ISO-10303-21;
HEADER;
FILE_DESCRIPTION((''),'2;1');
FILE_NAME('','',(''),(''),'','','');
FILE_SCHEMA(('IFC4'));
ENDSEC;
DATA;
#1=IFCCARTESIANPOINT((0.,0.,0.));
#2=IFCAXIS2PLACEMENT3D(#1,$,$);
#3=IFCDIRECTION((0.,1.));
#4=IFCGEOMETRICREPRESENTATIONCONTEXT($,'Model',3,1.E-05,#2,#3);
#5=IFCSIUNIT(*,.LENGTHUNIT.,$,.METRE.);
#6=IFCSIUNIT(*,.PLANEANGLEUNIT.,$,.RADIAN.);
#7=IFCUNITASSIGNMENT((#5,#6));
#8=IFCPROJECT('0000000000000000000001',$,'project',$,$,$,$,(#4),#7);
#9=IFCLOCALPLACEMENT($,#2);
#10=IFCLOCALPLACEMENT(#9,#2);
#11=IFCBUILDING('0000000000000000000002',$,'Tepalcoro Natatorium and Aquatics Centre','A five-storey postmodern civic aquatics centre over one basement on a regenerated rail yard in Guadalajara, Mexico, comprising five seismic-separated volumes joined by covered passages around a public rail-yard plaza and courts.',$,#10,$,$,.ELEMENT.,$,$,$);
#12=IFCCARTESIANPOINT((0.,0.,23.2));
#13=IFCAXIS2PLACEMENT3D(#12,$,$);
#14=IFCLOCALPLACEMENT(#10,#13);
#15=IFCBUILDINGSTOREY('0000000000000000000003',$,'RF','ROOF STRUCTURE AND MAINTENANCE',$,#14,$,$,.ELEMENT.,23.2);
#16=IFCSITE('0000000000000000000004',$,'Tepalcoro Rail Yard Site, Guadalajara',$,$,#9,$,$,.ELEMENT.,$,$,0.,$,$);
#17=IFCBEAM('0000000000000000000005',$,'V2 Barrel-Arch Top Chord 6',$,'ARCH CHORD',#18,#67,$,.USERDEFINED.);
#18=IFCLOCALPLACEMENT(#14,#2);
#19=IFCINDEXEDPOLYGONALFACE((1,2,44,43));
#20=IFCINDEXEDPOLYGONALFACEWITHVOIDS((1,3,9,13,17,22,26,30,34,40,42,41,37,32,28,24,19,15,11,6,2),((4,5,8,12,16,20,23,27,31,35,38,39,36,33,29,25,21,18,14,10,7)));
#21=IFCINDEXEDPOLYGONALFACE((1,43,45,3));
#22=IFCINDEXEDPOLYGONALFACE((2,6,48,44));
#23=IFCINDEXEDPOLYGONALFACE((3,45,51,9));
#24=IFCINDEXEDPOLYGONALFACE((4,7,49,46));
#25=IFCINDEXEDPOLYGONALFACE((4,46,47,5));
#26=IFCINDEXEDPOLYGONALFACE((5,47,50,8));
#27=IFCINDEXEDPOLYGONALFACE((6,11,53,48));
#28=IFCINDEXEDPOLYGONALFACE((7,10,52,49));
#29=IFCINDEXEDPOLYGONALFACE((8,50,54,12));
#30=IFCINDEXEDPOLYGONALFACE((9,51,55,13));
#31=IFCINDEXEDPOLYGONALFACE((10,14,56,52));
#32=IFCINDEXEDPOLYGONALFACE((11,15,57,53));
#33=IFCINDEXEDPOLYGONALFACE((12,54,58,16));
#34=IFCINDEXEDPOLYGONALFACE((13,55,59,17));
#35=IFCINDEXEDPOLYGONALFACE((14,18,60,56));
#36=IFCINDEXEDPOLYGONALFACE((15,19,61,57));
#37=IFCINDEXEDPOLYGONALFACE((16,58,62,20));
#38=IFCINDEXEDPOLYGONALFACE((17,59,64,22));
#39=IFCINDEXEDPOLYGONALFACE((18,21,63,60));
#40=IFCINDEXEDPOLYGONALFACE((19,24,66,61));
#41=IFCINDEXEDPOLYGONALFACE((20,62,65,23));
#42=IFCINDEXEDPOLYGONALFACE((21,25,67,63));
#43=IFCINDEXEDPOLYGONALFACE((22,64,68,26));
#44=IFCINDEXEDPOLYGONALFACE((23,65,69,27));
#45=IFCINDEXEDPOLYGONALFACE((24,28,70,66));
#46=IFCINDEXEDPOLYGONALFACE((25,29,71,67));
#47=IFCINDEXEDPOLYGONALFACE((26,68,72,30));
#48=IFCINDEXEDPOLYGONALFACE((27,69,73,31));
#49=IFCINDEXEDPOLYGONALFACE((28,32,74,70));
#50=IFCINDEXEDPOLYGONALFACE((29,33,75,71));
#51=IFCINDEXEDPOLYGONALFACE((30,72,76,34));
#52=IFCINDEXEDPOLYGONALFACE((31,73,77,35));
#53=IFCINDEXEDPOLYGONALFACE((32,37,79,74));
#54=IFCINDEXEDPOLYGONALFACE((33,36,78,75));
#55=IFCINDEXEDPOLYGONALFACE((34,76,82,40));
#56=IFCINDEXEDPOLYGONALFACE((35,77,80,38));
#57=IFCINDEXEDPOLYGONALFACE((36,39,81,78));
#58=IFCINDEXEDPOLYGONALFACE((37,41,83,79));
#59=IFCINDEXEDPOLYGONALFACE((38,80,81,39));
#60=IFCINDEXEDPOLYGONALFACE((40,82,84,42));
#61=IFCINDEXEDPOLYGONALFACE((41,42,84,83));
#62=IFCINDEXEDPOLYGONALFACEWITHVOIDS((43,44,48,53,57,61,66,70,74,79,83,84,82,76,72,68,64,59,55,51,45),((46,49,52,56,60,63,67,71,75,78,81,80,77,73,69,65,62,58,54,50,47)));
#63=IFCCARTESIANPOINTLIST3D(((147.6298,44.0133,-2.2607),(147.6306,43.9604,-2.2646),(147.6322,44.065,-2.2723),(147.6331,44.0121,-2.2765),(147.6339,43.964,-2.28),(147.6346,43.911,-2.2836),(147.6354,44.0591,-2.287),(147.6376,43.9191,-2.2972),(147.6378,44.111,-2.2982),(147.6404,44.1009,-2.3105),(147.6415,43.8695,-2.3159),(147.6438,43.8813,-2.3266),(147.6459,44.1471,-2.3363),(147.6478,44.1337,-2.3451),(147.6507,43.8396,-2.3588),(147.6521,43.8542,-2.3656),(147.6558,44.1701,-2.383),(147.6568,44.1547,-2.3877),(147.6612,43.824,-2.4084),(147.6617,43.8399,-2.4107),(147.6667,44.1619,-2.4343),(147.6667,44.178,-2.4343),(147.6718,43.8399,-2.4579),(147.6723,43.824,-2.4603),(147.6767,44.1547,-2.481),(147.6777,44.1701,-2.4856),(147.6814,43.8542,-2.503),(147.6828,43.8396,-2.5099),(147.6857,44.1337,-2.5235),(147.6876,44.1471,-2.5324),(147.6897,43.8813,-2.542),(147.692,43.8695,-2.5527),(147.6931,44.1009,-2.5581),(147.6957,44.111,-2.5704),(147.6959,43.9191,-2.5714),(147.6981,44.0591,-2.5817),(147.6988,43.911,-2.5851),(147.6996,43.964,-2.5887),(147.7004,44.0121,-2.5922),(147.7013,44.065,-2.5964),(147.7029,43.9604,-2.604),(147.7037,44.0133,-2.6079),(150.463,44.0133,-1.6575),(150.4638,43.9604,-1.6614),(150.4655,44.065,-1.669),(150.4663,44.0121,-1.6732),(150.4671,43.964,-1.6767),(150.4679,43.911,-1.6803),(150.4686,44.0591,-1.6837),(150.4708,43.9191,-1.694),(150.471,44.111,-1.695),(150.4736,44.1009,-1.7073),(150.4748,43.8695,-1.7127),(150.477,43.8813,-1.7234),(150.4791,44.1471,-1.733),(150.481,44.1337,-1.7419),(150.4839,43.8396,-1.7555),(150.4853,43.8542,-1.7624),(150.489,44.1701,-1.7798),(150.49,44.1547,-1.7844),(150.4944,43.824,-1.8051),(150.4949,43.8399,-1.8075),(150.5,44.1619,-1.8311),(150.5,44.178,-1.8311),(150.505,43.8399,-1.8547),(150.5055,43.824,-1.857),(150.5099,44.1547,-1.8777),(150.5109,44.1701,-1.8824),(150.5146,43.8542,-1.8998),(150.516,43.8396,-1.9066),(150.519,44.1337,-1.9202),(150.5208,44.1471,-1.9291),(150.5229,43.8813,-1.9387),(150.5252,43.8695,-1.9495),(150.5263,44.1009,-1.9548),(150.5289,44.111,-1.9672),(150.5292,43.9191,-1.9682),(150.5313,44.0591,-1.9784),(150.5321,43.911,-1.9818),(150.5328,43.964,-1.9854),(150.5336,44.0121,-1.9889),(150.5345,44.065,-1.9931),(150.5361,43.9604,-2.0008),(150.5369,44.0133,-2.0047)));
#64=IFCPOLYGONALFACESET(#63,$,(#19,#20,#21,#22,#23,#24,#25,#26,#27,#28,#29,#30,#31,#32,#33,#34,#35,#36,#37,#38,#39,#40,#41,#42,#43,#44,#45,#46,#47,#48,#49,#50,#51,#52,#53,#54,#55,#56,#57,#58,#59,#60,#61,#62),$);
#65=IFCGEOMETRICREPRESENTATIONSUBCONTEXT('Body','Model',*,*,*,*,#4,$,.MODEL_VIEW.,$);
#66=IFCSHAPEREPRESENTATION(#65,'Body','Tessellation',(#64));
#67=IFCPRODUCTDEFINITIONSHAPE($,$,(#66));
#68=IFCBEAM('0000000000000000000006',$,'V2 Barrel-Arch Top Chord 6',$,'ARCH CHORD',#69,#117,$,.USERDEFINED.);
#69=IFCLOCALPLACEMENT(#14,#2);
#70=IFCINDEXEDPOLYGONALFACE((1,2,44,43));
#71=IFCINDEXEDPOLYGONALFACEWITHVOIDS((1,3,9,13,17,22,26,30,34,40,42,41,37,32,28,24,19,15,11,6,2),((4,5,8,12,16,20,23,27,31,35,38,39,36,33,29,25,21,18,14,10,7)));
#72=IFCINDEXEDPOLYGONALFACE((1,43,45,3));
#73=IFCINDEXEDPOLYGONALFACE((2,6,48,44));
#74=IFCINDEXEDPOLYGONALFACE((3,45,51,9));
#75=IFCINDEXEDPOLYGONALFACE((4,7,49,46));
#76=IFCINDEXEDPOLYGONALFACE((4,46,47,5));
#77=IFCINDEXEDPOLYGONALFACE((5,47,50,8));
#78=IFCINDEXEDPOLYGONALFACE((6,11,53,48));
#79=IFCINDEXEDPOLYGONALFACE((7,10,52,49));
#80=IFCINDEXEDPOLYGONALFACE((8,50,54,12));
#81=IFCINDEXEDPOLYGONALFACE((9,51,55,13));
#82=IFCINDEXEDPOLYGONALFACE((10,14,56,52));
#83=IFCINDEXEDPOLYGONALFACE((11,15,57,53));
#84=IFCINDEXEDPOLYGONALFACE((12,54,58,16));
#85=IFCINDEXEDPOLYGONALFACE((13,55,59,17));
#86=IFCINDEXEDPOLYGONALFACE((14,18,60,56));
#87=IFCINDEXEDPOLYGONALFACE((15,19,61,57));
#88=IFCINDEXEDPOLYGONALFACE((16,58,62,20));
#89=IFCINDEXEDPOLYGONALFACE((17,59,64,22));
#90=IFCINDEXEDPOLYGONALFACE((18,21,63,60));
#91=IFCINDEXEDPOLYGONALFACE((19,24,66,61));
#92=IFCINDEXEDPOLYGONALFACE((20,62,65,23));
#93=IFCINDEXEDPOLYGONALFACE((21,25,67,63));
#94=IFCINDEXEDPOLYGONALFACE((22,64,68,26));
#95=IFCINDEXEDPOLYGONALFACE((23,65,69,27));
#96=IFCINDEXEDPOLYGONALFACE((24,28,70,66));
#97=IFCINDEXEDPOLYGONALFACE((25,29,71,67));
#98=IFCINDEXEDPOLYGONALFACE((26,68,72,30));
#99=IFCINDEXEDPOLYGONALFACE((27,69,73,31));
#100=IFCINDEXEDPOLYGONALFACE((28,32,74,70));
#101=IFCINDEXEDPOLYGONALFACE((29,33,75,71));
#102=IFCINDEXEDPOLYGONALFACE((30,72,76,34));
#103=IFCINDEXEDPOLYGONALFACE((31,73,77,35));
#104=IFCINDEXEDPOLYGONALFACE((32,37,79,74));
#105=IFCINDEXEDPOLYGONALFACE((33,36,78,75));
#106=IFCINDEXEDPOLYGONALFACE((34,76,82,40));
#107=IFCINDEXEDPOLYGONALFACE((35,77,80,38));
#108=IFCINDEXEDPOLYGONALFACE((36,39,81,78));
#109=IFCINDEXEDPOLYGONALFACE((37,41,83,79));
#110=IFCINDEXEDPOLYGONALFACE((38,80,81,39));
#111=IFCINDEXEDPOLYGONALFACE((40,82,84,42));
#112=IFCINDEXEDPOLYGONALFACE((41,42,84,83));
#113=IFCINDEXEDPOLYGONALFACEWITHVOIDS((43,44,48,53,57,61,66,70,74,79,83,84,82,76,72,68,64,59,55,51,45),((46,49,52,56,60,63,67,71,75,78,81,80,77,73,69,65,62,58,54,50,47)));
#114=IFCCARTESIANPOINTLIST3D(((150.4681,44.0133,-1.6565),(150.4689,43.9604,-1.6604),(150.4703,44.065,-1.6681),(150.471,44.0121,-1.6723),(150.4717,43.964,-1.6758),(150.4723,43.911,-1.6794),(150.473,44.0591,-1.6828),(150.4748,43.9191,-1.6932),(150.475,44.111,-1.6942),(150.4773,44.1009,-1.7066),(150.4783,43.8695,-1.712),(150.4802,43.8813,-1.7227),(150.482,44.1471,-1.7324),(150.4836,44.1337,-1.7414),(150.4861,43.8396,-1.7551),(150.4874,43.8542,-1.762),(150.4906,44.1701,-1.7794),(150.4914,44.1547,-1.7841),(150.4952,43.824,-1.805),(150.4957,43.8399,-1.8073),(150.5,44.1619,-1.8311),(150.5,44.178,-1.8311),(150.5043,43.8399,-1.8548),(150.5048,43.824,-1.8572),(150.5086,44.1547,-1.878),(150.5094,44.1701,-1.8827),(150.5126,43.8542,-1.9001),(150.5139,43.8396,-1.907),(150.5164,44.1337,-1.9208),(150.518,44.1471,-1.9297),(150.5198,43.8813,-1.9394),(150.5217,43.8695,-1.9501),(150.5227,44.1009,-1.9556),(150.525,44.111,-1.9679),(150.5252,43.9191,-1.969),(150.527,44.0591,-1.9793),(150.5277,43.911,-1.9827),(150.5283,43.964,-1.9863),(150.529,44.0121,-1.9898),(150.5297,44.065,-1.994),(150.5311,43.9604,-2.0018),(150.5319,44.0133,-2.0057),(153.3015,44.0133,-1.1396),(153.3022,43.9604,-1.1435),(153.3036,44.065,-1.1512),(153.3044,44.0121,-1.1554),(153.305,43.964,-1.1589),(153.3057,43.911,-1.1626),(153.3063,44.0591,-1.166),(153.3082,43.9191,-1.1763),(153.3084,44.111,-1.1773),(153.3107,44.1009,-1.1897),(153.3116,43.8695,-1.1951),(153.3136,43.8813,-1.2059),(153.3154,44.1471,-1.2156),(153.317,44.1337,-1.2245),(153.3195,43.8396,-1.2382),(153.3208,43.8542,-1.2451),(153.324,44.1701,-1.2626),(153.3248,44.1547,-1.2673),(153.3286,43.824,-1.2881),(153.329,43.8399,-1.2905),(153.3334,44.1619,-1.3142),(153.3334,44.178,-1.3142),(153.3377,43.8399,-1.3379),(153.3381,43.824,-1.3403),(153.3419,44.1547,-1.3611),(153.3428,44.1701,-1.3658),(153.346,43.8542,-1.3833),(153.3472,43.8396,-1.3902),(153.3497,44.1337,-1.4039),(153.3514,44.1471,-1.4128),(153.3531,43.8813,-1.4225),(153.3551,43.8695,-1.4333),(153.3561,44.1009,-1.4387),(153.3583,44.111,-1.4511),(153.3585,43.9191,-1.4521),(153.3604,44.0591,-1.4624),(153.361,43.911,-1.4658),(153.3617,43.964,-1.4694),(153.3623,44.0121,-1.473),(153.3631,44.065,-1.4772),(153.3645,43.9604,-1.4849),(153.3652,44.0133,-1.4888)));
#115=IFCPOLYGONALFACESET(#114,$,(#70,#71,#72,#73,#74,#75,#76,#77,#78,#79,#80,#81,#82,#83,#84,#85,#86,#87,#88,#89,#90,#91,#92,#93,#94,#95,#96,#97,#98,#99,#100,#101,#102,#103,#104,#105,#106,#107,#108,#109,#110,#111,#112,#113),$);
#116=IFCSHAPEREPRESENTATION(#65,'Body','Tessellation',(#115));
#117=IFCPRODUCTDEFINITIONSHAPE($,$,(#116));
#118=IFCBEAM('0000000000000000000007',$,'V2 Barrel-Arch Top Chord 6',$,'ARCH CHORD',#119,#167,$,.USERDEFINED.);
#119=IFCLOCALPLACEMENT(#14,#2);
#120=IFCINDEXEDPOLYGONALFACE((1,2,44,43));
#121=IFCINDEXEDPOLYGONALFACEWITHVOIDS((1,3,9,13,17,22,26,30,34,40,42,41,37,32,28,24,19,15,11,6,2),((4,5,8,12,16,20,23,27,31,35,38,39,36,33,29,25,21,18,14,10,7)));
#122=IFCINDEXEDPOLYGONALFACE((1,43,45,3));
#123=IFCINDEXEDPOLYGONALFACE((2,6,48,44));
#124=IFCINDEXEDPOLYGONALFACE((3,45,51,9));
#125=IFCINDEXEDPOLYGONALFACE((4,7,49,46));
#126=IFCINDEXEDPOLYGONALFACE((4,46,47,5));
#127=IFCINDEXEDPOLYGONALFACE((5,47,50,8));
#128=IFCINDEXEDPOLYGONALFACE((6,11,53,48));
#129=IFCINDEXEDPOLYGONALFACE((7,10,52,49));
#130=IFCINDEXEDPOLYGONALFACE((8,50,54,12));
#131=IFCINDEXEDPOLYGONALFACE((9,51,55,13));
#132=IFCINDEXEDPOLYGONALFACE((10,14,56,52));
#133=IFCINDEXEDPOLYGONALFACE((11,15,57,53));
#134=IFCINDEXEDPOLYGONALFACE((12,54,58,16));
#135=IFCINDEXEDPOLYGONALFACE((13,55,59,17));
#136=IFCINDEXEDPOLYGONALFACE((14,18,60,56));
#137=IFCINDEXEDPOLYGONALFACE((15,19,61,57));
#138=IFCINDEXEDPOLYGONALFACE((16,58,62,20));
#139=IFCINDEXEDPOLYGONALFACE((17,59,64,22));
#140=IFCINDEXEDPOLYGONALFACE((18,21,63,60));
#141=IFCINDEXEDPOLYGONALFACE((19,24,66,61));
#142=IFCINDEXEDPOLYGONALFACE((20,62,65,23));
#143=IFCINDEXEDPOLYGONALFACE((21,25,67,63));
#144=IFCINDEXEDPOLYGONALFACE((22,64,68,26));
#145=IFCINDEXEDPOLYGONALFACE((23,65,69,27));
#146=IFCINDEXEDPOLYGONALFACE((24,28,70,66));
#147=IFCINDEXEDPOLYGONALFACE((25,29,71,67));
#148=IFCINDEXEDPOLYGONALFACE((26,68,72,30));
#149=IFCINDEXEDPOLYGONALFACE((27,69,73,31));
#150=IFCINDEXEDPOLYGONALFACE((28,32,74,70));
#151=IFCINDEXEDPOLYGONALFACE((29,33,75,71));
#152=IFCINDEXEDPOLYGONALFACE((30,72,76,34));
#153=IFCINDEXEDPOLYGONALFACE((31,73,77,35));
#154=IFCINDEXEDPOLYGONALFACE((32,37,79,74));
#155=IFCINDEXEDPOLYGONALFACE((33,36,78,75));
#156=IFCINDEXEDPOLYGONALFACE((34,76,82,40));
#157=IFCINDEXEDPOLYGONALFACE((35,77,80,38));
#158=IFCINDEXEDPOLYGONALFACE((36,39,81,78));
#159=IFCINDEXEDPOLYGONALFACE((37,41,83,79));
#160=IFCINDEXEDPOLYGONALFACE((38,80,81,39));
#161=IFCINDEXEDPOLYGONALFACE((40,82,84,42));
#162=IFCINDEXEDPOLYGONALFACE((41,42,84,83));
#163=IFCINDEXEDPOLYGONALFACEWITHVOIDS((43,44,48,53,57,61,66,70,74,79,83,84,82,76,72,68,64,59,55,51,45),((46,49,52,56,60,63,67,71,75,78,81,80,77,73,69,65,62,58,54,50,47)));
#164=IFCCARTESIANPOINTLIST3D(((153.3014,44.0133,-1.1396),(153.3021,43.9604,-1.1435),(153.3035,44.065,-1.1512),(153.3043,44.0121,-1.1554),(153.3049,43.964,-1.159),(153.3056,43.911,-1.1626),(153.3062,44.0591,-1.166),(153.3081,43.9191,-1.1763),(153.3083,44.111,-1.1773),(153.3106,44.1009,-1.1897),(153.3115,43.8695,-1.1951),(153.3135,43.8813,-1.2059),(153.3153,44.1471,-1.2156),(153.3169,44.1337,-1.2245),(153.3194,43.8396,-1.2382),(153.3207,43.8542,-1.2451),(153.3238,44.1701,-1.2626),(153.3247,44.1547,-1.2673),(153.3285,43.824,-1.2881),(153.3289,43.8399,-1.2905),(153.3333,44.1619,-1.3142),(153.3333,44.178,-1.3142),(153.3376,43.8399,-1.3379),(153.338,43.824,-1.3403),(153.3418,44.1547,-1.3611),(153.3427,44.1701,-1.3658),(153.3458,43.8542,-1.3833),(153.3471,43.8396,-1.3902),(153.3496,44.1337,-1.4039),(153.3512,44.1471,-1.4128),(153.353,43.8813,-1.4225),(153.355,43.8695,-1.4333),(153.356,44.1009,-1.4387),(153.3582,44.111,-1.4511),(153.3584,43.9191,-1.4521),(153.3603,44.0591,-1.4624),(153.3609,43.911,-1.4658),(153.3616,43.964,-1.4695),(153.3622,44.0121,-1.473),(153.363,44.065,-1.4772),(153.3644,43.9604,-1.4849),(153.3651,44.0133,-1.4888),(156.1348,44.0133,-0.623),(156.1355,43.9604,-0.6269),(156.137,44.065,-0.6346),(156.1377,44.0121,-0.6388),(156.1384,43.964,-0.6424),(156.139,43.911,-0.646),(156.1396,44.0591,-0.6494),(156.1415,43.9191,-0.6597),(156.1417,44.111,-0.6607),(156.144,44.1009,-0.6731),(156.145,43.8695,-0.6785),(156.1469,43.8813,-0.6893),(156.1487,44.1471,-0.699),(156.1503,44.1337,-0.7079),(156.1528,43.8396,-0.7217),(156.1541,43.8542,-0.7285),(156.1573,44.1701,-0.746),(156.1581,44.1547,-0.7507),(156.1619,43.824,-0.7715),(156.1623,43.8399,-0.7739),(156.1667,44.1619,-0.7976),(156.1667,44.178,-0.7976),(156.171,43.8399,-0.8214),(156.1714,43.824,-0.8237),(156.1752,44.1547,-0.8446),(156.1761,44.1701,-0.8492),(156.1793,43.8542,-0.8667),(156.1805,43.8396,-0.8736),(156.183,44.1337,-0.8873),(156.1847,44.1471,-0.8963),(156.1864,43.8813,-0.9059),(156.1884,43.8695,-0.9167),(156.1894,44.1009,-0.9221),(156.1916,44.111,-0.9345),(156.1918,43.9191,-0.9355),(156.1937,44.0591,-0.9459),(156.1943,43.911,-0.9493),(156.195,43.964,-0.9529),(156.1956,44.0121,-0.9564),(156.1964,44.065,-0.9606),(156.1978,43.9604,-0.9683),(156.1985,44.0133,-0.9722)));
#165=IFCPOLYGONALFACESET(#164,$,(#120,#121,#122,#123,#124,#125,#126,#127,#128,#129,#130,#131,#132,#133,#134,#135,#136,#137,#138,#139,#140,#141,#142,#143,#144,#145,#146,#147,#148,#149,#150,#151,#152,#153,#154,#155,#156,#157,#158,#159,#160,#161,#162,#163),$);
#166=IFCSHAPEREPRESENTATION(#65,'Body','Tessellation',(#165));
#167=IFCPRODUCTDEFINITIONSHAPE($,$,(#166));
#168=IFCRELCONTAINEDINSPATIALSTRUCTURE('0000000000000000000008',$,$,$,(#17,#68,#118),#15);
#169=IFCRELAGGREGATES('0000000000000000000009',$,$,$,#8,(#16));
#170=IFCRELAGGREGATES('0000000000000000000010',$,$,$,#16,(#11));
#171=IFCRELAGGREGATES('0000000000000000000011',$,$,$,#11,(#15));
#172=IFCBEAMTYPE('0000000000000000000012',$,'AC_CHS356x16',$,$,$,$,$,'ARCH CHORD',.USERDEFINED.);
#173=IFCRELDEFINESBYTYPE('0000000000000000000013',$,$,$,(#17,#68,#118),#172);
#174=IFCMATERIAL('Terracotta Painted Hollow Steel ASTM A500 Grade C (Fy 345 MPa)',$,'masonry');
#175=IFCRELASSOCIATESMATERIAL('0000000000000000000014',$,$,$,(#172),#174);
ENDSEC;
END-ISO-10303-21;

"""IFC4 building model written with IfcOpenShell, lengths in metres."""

from ifc_helpers import new_model, si_unit, direction, frame, origin, origin_2d, place, context, subcontext, project, spatial, hollow_circle, extrude, material, material_profile, profile_set, type_object, element, save


model = new_model("IFC4")

# Units and contexts
model_context = context("Model", 3, precision=1e-05, world=origin(), true_north=direction((0.0, 1.0)))
body_context = subcontext(model_context, "Body", "Model", "MODEL_VIEW")
ifc_project = project(units=[si_unit("LENGTHUNIT", "METRE"), si_unit("PLANEANGLEUNIT", "RADIAN")], contexts=[model_context])

# Site, building, storey
site_placement = place(None, origin())
site = spatial("IfcSite", under=ifc_project, at=site_placement, Name="Tepalcoro Rail Yard Site, Guadalajara", CompositionType="ELEMENT", RefElevation=0.0)
building_placement = place(site_placement, origin())
building = spatial("IfcBuilding", under=site, at=building_placement, Name="Tepalcoro Natatorium and Aquatics Centre", Description="A five-storey postmodern civic aquatics centre over one basement on a regenerated rail yard in Guadalajara, Mexico, comprising five seismic-separated volumes joined by covered passages around a public rail-yard plaza and courts.", CompositionType="ELEMENT")
storey_placement = place(building_placement, frame((0.0, 0.0, 23.2)))
storey = spatial("IfcBuildingStorey", under=building, at=storey_placement, Name="RF", Description="ROOF STRUCTURE AND MAINTENANCE", CompositionType="ELEMENT", Elevation=23.2)

# Beams
ifc_material_1 = material(Name="Terracotta Painted Hollow Steel ASTM A500 Grade C (Fy 345 MPa)", Category="masonry")
ifc_material_profile_1 = material_profile(ifc_material_1, hollow_circle(Radius=0.178, WallThickness=0.0161, at=origin_2d()), Name="CHS356X16")
ifc_profile_set_1 = profile_set([ifc_material_profile_1], Name="Terracotta Painted Hollow Steel ASTM A500 Grade C (Fy 345 MPa)")
beam_type_1 = type_object("IfcBeamType", Name="AC_CHS356x16", ElementType="ARCH CHORD", PredefinedType="USERDEFINED", material=ifc_profile_set_1)
beam_1_placement = place(storey_placement, frame((147.6667, 44.0, -2.4343), z_axis=(0.978074, 0.0, 0.208257), x_axis=(0.0, 1.0, 0.0)))
element("IfcBeam", 1, at=beam_1_placement, inside=storey, type_object=beam_type_1, Name="V2 Barrel-Arch Top Chord 6", ObjectType="ARCH CHORD", PredefinedType="USERDEFINED", context=body_context, shape_type="SweptSolid", body=[
    extrude(hollow_circle(Radius=0.178, WallThickness=0.0161, at=origin_2d()), origin(), (0.0, 0.0, 1.0), 2.8967),
])
for number, where, z_axis, x_axis, name in (
    (2, (150.5, 44.0, -1.8311), (0.983765, 0.0, 0.17946), (0.0, 1.0, 0.0), "V2 Barrel-Arch Top Chord 6"),
    (3, (153.3333, 44.0, -1.3142), (0.983783, 0.0, 0.179363), (0.0, 1.0, 0.0), "V2 Barrel-Arch Top Chord 6"),
):
    element("IfcBeam", number, at=place(storey_placement, frame(where, z_axis=z_axis, x_axis=x_axis)), inside=storey, type_object=beam_type_1, Name=name, ObjectType="ARCH CHORD", PredefinedType="USERDEFINED", context=body_context, shape_type="SweptSolid", body=[
        extrude(hollow_circle(Radius=0.178, WallThickness=0.0161, at=origin_2d()), origin(), (0.0, 0.0, 1.0), 2.8801),
    ])

save(model, "model.ifc")
